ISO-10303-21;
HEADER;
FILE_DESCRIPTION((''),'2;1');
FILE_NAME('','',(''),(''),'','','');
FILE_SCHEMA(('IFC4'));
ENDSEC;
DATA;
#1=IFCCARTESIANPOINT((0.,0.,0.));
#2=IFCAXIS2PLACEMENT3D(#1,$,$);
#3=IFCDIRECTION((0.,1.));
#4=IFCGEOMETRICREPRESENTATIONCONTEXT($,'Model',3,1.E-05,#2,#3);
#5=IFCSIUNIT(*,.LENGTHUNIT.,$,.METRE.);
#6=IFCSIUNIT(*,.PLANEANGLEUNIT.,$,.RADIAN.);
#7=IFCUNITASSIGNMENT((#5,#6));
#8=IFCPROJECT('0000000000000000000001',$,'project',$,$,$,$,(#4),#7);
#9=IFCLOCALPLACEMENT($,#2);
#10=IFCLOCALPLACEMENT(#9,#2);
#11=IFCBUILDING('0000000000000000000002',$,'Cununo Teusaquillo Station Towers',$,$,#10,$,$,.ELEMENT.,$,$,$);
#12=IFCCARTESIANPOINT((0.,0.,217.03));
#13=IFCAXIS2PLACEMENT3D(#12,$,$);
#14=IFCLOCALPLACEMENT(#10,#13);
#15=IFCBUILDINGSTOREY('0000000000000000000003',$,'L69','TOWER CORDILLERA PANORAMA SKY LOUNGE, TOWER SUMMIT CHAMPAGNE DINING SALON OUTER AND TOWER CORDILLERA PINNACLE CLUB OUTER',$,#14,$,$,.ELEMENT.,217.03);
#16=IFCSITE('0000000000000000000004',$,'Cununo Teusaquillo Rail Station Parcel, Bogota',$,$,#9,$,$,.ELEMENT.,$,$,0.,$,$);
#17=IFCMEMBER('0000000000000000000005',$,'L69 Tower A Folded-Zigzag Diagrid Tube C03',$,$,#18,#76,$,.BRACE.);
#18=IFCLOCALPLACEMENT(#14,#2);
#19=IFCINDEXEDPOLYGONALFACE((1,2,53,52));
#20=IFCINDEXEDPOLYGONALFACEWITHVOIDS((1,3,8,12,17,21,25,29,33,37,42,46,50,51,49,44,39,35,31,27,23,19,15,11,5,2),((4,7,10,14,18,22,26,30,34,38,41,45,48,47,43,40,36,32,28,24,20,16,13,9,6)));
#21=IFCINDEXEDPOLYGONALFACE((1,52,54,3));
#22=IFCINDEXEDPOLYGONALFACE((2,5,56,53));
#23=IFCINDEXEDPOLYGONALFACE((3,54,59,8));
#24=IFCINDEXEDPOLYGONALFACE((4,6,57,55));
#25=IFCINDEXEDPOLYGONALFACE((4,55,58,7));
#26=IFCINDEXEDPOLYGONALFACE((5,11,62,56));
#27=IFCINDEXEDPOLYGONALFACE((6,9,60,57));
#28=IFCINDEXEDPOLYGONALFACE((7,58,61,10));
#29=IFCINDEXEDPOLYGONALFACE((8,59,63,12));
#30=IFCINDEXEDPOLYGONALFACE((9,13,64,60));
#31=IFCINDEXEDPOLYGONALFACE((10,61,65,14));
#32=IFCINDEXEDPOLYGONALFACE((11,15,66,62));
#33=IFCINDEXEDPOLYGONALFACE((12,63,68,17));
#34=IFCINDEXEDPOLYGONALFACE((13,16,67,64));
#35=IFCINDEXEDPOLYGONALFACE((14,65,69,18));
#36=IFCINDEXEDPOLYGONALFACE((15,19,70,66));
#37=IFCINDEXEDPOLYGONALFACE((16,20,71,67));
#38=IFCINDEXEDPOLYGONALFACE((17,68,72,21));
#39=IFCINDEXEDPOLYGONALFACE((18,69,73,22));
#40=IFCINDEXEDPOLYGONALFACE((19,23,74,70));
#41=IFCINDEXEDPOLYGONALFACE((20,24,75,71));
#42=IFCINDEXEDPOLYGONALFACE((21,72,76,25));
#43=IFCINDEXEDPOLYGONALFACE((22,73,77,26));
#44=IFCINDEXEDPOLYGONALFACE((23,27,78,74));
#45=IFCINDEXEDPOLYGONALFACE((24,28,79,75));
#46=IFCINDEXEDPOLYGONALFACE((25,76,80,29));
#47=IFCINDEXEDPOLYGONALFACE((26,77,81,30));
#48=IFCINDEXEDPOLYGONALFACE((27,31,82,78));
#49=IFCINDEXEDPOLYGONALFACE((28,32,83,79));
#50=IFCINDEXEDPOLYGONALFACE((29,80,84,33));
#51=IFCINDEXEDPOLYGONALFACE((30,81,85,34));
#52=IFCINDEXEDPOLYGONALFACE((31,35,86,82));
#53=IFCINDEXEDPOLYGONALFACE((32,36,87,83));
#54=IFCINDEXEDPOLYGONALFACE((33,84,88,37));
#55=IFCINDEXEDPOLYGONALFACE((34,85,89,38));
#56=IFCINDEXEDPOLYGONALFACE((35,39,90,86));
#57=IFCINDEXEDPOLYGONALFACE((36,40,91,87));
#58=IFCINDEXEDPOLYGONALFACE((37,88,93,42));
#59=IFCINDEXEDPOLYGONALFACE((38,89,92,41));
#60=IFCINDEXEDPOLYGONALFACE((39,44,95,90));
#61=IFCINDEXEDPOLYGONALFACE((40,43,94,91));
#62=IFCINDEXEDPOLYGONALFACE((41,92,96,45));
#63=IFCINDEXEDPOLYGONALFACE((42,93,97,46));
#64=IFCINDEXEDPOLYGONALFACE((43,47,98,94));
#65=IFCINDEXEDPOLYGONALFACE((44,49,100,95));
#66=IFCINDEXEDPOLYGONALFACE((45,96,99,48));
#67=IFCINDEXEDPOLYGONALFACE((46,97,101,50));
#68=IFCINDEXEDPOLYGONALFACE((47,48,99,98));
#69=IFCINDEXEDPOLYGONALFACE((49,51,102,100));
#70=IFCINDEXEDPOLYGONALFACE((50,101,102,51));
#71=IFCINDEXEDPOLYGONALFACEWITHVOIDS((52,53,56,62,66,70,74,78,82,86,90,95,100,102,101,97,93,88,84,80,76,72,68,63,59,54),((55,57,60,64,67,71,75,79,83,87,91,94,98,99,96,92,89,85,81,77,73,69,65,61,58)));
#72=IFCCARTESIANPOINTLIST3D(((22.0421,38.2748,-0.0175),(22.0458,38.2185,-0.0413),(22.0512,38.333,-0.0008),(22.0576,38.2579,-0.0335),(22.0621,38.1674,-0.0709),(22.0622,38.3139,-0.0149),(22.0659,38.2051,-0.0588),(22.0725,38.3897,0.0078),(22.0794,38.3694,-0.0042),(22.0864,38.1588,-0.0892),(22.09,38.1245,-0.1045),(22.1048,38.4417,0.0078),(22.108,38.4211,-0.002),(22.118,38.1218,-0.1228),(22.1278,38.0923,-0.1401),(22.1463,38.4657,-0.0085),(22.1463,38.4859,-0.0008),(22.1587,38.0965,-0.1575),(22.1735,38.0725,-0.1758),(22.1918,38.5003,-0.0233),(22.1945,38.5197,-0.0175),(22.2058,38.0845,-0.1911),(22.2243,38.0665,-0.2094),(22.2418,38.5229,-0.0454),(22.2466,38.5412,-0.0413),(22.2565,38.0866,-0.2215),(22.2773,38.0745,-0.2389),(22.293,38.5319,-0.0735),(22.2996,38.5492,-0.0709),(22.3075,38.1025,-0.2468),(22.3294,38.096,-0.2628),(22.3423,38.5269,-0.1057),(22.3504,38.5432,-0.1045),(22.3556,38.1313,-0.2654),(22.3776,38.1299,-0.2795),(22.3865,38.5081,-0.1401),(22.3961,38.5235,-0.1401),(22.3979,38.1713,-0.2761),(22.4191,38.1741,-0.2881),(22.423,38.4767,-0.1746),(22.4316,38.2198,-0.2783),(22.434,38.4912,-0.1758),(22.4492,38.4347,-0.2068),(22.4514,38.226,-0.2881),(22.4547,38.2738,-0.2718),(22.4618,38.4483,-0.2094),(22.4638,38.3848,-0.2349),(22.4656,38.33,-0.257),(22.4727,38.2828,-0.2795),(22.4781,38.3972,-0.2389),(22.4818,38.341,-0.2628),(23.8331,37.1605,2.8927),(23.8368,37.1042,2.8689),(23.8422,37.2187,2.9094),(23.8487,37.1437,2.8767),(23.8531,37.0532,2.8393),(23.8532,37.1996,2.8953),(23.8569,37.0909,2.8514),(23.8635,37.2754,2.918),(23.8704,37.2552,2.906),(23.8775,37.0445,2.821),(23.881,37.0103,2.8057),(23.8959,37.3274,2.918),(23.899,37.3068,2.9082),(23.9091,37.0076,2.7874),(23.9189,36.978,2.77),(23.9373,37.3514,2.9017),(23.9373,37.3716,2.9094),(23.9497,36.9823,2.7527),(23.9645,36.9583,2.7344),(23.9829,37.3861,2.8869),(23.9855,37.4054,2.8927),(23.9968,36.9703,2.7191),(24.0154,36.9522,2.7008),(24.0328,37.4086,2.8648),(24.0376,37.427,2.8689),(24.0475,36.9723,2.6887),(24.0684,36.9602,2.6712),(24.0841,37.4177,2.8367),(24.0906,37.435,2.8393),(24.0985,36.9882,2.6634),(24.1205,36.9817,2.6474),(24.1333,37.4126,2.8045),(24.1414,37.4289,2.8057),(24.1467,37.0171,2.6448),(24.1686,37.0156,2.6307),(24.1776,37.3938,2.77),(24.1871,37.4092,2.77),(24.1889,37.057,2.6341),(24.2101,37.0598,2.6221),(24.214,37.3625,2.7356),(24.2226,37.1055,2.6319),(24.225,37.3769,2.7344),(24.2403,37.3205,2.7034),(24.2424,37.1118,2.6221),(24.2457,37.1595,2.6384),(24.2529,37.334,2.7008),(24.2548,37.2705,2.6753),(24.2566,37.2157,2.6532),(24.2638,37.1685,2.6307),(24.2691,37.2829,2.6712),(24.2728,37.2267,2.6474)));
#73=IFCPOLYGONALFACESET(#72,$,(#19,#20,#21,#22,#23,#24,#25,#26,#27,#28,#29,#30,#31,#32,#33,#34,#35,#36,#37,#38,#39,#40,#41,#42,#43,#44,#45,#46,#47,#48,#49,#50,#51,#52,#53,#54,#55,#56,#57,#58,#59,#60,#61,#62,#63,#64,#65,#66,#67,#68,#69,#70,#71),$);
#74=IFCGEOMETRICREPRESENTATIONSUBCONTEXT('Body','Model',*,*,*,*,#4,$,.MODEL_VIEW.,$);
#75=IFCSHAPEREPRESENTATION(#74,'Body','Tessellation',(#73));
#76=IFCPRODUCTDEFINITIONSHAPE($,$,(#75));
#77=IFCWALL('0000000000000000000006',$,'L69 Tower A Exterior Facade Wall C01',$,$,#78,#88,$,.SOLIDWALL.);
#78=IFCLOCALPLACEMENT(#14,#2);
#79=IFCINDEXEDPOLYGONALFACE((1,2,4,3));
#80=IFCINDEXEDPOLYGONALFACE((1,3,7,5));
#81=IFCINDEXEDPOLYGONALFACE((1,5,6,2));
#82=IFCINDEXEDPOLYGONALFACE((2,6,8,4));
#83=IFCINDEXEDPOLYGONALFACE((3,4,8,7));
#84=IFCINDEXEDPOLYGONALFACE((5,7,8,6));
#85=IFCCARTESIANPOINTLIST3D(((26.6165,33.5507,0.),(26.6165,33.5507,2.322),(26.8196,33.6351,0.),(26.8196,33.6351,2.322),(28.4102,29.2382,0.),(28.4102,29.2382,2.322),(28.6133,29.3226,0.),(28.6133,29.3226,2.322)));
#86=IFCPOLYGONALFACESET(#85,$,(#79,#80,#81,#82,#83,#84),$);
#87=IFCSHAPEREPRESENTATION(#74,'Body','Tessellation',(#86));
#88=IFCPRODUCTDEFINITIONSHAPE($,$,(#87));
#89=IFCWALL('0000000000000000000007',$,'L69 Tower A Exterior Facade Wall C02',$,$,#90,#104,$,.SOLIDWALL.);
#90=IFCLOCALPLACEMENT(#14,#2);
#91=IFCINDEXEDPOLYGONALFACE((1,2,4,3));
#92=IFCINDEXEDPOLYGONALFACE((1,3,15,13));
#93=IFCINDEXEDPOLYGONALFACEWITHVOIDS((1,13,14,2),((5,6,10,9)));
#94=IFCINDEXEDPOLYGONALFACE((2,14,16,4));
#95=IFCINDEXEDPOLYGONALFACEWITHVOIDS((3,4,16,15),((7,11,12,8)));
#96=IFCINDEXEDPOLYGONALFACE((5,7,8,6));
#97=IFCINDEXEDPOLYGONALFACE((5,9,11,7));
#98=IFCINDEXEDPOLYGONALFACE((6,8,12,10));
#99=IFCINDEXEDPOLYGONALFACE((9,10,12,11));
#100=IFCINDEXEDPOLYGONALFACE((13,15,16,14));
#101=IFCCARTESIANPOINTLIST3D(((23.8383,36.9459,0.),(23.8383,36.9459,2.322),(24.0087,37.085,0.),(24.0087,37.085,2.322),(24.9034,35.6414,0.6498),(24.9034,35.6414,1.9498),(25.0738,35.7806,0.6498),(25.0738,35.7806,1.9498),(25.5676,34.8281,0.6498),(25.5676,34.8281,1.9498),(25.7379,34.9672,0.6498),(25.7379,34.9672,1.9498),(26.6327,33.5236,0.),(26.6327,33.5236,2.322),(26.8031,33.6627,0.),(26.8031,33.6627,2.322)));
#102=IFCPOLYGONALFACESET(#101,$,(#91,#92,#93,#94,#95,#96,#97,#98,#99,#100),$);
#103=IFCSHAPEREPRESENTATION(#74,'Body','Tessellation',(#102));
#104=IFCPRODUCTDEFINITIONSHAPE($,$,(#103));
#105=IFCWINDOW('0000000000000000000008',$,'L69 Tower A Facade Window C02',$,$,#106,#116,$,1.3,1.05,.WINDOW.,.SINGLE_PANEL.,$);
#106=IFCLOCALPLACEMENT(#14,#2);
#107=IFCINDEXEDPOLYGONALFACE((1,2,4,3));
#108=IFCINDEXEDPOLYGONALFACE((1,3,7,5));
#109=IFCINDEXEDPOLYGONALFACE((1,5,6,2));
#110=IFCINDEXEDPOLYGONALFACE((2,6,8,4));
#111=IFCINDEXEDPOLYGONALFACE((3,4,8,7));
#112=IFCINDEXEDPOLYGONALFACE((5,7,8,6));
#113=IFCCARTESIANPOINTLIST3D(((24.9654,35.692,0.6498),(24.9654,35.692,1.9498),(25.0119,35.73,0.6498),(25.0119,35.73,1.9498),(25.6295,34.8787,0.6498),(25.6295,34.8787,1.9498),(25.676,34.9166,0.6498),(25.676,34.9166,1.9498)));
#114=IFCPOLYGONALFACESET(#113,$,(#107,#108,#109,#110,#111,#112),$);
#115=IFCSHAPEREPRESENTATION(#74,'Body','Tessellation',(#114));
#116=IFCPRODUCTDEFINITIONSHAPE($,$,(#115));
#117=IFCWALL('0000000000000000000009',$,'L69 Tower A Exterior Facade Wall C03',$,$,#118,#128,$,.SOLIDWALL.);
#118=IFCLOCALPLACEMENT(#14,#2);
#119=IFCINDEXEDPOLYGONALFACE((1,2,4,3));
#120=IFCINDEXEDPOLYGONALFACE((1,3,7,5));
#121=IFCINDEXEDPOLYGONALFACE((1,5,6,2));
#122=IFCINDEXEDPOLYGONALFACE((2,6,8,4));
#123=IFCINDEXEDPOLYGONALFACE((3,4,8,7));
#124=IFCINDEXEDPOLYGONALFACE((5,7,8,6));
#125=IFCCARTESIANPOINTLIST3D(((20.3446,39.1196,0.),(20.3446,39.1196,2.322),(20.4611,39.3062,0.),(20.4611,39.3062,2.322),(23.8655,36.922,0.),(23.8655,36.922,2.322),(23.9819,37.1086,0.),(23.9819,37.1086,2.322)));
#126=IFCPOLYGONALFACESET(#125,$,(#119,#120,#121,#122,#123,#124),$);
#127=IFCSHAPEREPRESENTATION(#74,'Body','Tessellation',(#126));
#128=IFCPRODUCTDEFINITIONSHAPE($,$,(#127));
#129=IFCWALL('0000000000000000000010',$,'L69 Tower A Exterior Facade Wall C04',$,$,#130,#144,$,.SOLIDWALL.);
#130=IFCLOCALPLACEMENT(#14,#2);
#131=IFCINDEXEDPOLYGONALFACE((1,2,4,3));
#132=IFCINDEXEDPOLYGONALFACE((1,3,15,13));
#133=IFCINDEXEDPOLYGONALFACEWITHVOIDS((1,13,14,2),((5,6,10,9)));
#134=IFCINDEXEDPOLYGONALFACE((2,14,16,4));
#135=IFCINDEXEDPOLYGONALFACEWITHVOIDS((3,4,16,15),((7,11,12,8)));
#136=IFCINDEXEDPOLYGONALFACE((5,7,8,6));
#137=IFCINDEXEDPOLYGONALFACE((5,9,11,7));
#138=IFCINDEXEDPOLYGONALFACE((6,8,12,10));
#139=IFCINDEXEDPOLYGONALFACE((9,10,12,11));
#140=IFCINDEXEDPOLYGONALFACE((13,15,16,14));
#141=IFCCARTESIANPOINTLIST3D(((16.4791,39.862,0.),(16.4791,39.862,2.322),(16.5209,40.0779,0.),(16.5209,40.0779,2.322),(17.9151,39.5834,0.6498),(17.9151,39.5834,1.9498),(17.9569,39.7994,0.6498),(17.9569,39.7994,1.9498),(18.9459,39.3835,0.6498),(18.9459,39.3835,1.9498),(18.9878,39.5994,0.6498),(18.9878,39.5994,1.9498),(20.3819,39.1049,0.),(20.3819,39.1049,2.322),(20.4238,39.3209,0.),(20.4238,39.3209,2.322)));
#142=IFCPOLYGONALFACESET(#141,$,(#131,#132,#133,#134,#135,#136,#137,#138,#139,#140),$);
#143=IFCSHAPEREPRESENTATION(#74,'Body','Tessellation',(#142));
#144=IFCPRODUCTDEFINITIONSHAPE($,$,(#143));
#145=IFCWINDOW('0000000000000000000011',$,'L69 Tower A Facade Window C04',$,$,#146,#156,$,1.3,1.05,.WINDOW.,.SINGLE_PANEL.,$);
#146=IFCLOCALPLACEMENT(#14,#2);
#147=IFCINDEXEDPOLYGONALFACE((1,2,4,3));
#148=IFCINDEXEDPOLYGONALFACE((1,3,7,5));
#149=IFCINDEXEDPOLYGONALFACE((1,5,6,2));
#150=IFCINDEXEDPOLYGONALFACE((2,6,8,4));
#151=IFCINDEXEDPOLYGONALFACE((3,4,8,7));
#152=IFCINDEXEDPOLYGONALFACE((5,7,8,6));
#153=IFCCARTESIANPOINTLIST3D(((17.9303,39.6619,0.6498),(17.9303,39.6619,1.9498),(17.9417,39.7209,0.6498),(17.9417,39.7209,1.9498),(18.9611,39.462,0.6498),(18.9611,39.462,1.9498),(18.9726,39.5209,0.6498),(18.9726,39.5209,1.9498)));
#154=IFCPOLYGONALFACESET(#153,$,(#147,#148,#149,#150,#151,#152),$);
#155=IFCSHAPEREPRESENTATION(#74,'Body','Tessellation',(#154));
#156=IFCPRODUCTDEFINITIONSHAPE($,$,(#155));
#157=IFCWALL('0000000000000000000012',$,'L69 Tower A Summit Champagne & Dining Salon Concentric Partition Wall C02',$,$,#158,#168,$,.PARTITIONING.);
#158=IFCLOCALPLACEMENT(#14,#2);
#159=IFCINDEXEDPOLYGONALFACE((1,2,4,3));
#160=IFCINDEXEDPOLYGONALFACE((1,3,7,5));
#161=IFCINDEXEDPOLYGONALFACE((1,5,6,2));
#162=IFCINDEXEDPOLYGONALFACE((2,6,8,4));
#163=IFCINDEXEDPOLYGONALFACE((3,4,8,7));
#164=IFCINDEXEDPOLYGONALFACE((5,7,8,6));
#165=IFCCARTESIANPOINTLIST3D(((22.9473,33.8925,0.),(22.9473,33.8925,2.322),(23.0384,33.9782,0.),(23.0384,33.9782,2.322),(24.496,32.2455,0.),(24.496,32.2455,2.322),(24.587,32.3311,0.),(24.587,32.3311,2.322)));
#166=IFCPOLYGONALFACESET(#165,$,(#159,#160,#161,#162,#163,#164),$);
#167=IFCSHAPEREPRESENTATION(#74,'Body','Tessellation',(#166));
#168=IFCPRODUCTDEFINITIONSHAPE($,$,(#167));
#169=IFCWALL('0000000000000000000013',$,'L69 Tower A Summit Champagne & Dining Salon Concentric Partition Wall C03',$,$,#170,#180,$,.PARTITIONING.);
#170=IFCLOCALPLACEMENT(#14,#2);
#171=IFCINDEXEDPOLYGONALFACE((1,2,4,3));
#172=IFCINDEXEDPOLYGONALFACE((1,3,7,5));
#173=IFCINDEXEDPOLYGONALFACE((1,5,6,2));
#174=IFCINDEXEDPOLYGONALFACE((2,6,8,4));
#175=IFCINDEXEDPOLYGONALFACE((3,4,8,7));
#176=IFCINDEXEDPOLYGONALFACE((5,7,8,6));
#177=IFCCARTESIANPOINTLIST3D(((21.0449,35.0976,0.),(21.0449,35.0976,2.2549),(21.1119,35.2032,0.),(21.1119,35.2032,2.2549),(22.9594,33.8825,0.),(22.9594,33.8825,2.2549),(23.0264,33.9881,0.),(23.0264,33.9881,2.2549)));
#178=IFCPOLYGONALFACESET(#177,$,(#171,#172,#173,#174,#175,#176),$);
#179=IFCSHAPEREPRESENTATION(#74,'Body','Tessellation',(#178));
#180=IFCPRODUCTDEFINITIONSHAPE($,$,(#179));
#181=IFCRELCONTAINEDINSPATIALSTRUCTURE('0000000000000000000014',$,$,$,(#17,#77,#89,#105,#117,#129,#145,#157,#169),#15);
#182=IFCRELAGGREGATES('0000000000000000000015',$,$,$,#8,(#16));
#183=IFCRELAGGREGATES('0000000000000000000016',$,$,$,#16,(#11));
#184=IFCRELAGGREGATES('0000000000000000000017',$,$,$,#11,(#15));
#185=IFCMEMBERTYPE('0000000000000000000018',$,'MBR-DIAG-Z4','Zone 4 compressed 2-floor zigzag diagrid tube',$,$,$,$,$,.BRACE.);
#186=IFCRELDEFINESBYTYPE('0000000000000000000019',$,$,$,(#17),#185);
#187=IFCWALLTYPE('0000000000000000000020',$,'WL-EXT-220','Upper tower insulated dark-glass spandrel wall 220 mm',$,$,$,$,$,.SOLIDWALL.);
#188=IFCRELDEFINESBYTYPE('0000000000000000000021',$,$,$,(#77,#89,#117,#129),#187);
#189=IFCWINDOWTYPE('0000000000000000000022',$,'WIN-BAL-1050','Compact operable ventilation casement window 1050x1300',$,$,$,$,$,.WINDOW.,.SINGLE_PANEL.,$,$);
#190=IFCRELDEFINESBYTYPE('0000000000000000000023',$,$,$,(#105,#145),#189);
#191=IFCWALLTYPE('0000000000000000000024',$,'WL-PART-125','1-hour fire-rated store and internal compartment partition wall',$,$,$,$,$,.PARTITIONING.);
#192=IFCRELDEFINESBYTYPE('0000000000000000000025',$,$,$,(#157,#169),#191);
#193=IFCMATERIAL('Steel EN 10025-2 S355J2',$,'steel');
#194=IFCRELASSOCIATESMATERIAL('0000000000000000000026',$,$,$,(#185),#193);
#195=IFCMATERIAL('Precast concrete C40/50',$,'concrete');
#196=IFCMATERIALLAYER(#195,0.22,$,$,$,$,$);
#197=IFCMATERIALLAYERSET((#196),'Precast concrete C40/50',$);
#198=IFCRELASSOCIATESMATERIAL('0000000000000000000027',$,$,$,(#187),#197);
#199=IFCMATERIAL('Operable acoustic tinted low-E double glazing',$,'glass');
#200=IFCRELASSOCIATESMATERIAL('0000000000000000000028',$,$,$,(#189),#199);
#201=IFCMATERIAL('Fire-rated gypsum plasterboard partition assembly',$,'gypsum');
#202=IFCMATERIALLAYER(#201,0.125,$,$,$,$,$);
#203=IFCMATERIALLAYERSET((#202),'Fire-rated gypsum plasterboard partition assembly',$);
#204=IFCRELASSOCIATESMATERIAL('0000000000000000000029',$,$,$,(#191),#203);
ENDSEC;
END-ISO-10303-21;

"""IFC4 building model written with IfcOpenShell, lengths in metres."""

from ifc_helpers import new_model, si_unit, direction, frame, frame_2d, origin, origin_2d, place, context, subcontext, project, spatial, rectangle, hollow_circle, extrude, source, transform, mapped, material, layer, layer_set, material_profile, profile_set, type_object, element, fill, save


model = new_model("IFC4")

# Units and contexts
model_context = context("Model", 3, precision=1e-05, world=origin(), true_north=direction((0.0, 1.0)))
body_context = subcontext(model_context, "Body", "Model", "MODEL_VIEW")
ifc_project = project(units=[si_unit("LENGTHUNIT", "METRE"), si_unit("PLANEANGLEUNIT", "RADIAN")], contexts=[model_context])

# Site, building, storey
site_placement = place(None, origin())
site = spatial("IfcSite", under=ifc_project, at=site_placement, Name="Cununo Teusaquillo Rail Station Parcel, Bogota", CompositionType="ELEMENT", RefElevation=0.0)
building_placement = place(site_placement, origin())
building = spatial("IfcBuilding", under=site, at=building_placement, Name="Cununo Teusaquillo Station Towers", CompositionType="ELEMENT")
storey_placement = place(building_placement, frame((0.0, 0.0, 217.03)))
storey = spatial("IfcBuildingStorey", under=building, at=storey_placement, Name="L69", Description="TOWER CORDILLERA PANORAMA SKY LOUNGE, TOWER SUMMIT CHAMPAGNE DINING SALON OUTER AND TOWER CORDILLERA PINNACLE CLUB OUTER", CompositionType="ELEMENT", Elevation=217.03)

# Member
ifc_material_1 = material(Name="Steel EN 10025-2 S355J2", Category="steel")
ifc_material_profile_1 = material_profile(ifc_material_1, hollow_circle(Radius=0.2539, WallThickness=0.0181, at=origin_2d()), Name="CHS 508x18")
ifc_profile_set_1 = profile_set([ifc_material_profile_1], Name="Steel EN 10025-2 S355J2")
member_type = type_object("IfcMemberType", Name="MBR-DIAG-Z4", Description="Zone 4 compressed 2-floor zigzag diagrid tube", PredefinedType="BRACE", material=ifc_profile_set_1)
member_1_placement = place(storey_placement, frame((22.262, 38.3079, -0.1401), z_axis=(0.498306, -0.310015, 0.80968), x_axis=(0.52825, 0.849089, 0.0)))
element("IfcMember", 1, at=member_1_placement, inside=storey, type_object=member_type, Name="L69 Tower A Folded-Zigzag Diagrid Tube C03", PredefinedType="BRACE", context=body_context, shape_type="SweptSolid", body=[
    extrude(hollow_circle(Radius=0.2539, WallThickness=0.0181, at=origin_2d()), origin(), (0.0, 0.0, 1.0), 3.5942),
])

# Wall
ifc_material_2 = material(Name="Precast concrete C40/50", Category="concrete")
ifc_layer_1 = layer(ifc_material_2, 0.22)
ifc_layer_set_1 = layer_set([ifc_layer_1], Name="Precast concrete C40/50")
wall_type_1 = type_object("IfcWallType", Name="WL-EXT-220", Description="Upper tower insulated dark-glass spandrel wall 220 mm", PredefinedType="SOLIDWALL", material=ifc_layer_set_1)
wall_1_placement = place(storey_placement, frame((26.718, 33.593, 0.0), z_axis=(0.0, 0.0, 1.0), x_axis=(0.384036, -0.923318, 0.0)))
element("IfcWall", 2, at=wall_1_placement, inside=storey, type_object=wall_type_1, Name="L69 Tower A Exterior Facade Wall C01", PredefinedType="SOLIDWALL", context=body_context, shape_type="SweptSolid", body=[
    extrude(rectangle(XDim=4.6707, YDim=0.22, at=frame_2d((2.3354, 0.0))), origin(), (0.0, 0.0, 1.0), 2.322),
])

# Wall, opening, window
wall_2_placement = place(storey_placement, frame((23.9236, 37.0154, 0.0), z_axis=(0.0, 0.0, 1.0), x_axis=(0.632467, -0.774587, 0.0)))
wall_2 = element("IfcWall", 3, at=wall_2_placement, inside=storey, type_object=wall_type_1, Name="L69 Tower A Exterior Facade Wall C02", PredefinedType="SOLIDWALL", context=body_context, shape_type="SweptSolid", body=[
    extrude(rectangle(XDim=4.4182, YDim=0.22, at=frame_2d((2.209, 0.0))), origin(), (0.0, 0.0, 1.0), 2.322),
])
shared_shape_1 = source(origin(), body_context, "Body", "SweptSolid", [
    extrude(rectangle(XDim=1.05, YDim=1.3, at=frame_2d((0.5249, 0.6499))), frame((0.0, 0.1199, 0.0), z_axis=(0.0, -1.0, 0.0), x_axis=(1.0, 0.0, 0.0)), (0.0, 0.0, 1.0), 0.24),
])
opening_1_placement = place(wall_2_placement, frame((1.6841, 0.0, 0.6499)))
opening_1 = element("IfcOpeningElement", 4, at=opening_1_placement, cuts=wall_2, PredefinedType="OPENING", context=body_context, shape_type="MappedRepresentation", body=[
    mapped(shared_shape_1, transform((0.0, 0.0, 0.0), x_axis=(1.0, 0.0, 0.0), y_axis=(0.0, 1.0, 0.0), z_axis=(0.0, 0.0, 1.0), scale=1.0)),
])
ifc_material_3 = material(Name="Operable acoustic tinted low-E double glazing", Category="glass")
window_type = type_object("IfcWindowType", Name="WIN-BAL-1050", Description="Compact operable ventilation casement window 1050x1300", PartitioningType="SINGLE_PANEL", PredefinedType="WINDOW", material=ifc_material_3)
shared_shape_2 = source(origin(), body_context, "Body", "SweptSolid", [
    extrude(rectangle(XDim=1.05, YDim=1.3, at=frame_2d((0.5249, 0.6499))), frame((0.0, 0.03, 0.0), z_axis=(0.0, -1.0, 0.0), x_axis=(1.0, 0.0, 0.0)), (0.0, 0.0, 1.0), 0.0601),
])
window_1_placement = place(opening_1_placement, origin())
window_1 = element("IfcWindow", 5, at=window_1_placement, inside=storey, type_object=window_type, Name="L69 Tower A Facade Window C02", OverallHeight=1.3, OverallWidth=1.05, PartitioningType="SINGLE_PANEL", PredefinedType="WINDOW", context=body_context, shape_type="MappedRepresentation", body=[
    mapped(shared_shape_2, transform((0.0, 0.0, 0.0), x_axis=(1.0, 0.0, 0.0), y_axis=(0.0, 1.0, 0.0), z_axis=(0.0, 0.0, 1.0), scale=1.0)),
])
fill(opening_1, window_1)

# Wall
wall_3_placement = place(storey_placement, frame((20.4028, 39.2129, 0.0), z_axis=(0.0, 0.0, 1.0), x_axis=(0.848319, -0.529486, 0.0)))
element("IfcWall", 6, at=wall_3_placement, inside=storey, type_object=wall_type_1, Name="L69 Tower A Exterior Facade Wall C03", PredefinedType="SOLIDWALL", context=body_context, shape_type="SweptSolid", body=[
    extrude(rectangle(XDim=4.1504, YDim=0.22, at=frame_2d((2.0752, 0.0))), origin(), (0.0, 0.0, 1.0), 2.322),
])

# Wall, opening, window
wall_4_placement = place(storey_placement, frame((16.5, 39.97, 0.0), z_axis=(0.0, 0.0, 1.0), x_axis=(0.9817, -0.190432, 0.0)))
wall_4 = element("IfcWall", 7, at=wall_4_placement, inside=storey, type_object=wall_type_1, Name="L69 Tower A Exterior Facade Wall C04", PredefinedType="SOLIDWALL", context=body_context, shape_type="SweptSolid", body=[
    extrude(rectangle(XDim=3.9756, YDim=0.22, at=frame_2d((1.9878, 0.0))), origin(), (0.0, 0.0, 1.0), 2.322),
])
opening_2_placement = place(wall_4_placement, frame((1.4629, 0.0, 0.6499)))
opening_2 = element("IfcOpeningElement", 8, at=opening_2_placement, cuts=wall_4, PredefinedType="OPENING", context=body_context, shape_type="MappedRepresentation", body=[
    mapped(shared_shape_1, transform((0.0, 0.0, 0.0), x_axis=(1.0, 0.0, 0.0), y_axis=(0.0, 1.0, 0.0), z_axis=(0.0, 0.0, 1.0), scale=1.0)),
])
window_2_placement = place(opening_2_placement, origin())
window_2 = element("IfcWindow", 9, at=window_2_placement, inside=storey, type_object=window_type, Name="L69 Tower A Facade Window C04", OverallHeight=1.3, OverallWidth=1.05, PartitioningType="SINGLE_PANEL", PredefinedType="WINDOW", context=body_context, shape_type="MappedRepresentation", body=[
    mapped(shared_shape_2, transform((0.0, 0.0, 0.0), x_axis=(1.0, 0.0, 0.0), y_axis=(0.0, 1.0, 0.0), z_axis=(0.0, 0.0, 1.0), scale=1.0)),
])
fill(opening_2, window_2)

# Walls
ifc_material_4 = material(Name="Fire-rated gypsum plasterboard partition assembly", Category="gypsum")
ifc_layer_2 = layer(ifc_material_4, 0.125)
ifc_layer_set_2 = layer_set([ifc_layer_2], Name="Fire-rated gypsum plasterboard partition assembly")
wall_type_2 = type_object("IfcWallType", Name="WL-PART-125", Description="1-hour fire-rated store and internal compartment partition wall", PredefinedType="PARTITIONING", material=ifc_layer_set_2)
wall_5_placement = place(storey_placement, frame((24.5415, 32.2883, 0.0), z_axis=(0.0, 0.0, 1.0), x_axis=(-0.685011, 0.728533, 0.0)))
element("IfcWall", 10, at=wall_5_placement, inside=storey, type_object=wall_type_2, Name="L69 Tower A Summit Champagne & Dining Salon Concentric Partition Wall C02", PredefinedType="PARTITIONING", context=body_context, shape_type="SweptSolid", body=[
    extrude(rectangle(XDim=2.2607, YDim=0.125, at=frame_2d((1.1304, 0.0))), origin(), (0.0, 0.0, 1.0), 2.322),
])
wall_6_placement = place(storey_placement, frame((22.9929, 33.9353, 0.0), z_axis=(0.0, 0.0, 1.0), x_axis=(-0.844313, 0.535851, 0.0)))
element("IfcWall", 11, at=wall_6_placement, inside=storey, type_object=wall_type_2, Name="L69 Tower A Summit Champagne & Dining Salon Concentric Partition Wall C03", PredefinedType="PARTITIONING", context=body_context, shape_type="SweptSolid", body=[
    extrude(rectangle(XDim=2.2676, YDim=0.125, at=frame_2d((1.1338, 0.0))), origin(), (0.0, 0.0, 1.0), 2.2549),
])

save(model, "model.ifc")
